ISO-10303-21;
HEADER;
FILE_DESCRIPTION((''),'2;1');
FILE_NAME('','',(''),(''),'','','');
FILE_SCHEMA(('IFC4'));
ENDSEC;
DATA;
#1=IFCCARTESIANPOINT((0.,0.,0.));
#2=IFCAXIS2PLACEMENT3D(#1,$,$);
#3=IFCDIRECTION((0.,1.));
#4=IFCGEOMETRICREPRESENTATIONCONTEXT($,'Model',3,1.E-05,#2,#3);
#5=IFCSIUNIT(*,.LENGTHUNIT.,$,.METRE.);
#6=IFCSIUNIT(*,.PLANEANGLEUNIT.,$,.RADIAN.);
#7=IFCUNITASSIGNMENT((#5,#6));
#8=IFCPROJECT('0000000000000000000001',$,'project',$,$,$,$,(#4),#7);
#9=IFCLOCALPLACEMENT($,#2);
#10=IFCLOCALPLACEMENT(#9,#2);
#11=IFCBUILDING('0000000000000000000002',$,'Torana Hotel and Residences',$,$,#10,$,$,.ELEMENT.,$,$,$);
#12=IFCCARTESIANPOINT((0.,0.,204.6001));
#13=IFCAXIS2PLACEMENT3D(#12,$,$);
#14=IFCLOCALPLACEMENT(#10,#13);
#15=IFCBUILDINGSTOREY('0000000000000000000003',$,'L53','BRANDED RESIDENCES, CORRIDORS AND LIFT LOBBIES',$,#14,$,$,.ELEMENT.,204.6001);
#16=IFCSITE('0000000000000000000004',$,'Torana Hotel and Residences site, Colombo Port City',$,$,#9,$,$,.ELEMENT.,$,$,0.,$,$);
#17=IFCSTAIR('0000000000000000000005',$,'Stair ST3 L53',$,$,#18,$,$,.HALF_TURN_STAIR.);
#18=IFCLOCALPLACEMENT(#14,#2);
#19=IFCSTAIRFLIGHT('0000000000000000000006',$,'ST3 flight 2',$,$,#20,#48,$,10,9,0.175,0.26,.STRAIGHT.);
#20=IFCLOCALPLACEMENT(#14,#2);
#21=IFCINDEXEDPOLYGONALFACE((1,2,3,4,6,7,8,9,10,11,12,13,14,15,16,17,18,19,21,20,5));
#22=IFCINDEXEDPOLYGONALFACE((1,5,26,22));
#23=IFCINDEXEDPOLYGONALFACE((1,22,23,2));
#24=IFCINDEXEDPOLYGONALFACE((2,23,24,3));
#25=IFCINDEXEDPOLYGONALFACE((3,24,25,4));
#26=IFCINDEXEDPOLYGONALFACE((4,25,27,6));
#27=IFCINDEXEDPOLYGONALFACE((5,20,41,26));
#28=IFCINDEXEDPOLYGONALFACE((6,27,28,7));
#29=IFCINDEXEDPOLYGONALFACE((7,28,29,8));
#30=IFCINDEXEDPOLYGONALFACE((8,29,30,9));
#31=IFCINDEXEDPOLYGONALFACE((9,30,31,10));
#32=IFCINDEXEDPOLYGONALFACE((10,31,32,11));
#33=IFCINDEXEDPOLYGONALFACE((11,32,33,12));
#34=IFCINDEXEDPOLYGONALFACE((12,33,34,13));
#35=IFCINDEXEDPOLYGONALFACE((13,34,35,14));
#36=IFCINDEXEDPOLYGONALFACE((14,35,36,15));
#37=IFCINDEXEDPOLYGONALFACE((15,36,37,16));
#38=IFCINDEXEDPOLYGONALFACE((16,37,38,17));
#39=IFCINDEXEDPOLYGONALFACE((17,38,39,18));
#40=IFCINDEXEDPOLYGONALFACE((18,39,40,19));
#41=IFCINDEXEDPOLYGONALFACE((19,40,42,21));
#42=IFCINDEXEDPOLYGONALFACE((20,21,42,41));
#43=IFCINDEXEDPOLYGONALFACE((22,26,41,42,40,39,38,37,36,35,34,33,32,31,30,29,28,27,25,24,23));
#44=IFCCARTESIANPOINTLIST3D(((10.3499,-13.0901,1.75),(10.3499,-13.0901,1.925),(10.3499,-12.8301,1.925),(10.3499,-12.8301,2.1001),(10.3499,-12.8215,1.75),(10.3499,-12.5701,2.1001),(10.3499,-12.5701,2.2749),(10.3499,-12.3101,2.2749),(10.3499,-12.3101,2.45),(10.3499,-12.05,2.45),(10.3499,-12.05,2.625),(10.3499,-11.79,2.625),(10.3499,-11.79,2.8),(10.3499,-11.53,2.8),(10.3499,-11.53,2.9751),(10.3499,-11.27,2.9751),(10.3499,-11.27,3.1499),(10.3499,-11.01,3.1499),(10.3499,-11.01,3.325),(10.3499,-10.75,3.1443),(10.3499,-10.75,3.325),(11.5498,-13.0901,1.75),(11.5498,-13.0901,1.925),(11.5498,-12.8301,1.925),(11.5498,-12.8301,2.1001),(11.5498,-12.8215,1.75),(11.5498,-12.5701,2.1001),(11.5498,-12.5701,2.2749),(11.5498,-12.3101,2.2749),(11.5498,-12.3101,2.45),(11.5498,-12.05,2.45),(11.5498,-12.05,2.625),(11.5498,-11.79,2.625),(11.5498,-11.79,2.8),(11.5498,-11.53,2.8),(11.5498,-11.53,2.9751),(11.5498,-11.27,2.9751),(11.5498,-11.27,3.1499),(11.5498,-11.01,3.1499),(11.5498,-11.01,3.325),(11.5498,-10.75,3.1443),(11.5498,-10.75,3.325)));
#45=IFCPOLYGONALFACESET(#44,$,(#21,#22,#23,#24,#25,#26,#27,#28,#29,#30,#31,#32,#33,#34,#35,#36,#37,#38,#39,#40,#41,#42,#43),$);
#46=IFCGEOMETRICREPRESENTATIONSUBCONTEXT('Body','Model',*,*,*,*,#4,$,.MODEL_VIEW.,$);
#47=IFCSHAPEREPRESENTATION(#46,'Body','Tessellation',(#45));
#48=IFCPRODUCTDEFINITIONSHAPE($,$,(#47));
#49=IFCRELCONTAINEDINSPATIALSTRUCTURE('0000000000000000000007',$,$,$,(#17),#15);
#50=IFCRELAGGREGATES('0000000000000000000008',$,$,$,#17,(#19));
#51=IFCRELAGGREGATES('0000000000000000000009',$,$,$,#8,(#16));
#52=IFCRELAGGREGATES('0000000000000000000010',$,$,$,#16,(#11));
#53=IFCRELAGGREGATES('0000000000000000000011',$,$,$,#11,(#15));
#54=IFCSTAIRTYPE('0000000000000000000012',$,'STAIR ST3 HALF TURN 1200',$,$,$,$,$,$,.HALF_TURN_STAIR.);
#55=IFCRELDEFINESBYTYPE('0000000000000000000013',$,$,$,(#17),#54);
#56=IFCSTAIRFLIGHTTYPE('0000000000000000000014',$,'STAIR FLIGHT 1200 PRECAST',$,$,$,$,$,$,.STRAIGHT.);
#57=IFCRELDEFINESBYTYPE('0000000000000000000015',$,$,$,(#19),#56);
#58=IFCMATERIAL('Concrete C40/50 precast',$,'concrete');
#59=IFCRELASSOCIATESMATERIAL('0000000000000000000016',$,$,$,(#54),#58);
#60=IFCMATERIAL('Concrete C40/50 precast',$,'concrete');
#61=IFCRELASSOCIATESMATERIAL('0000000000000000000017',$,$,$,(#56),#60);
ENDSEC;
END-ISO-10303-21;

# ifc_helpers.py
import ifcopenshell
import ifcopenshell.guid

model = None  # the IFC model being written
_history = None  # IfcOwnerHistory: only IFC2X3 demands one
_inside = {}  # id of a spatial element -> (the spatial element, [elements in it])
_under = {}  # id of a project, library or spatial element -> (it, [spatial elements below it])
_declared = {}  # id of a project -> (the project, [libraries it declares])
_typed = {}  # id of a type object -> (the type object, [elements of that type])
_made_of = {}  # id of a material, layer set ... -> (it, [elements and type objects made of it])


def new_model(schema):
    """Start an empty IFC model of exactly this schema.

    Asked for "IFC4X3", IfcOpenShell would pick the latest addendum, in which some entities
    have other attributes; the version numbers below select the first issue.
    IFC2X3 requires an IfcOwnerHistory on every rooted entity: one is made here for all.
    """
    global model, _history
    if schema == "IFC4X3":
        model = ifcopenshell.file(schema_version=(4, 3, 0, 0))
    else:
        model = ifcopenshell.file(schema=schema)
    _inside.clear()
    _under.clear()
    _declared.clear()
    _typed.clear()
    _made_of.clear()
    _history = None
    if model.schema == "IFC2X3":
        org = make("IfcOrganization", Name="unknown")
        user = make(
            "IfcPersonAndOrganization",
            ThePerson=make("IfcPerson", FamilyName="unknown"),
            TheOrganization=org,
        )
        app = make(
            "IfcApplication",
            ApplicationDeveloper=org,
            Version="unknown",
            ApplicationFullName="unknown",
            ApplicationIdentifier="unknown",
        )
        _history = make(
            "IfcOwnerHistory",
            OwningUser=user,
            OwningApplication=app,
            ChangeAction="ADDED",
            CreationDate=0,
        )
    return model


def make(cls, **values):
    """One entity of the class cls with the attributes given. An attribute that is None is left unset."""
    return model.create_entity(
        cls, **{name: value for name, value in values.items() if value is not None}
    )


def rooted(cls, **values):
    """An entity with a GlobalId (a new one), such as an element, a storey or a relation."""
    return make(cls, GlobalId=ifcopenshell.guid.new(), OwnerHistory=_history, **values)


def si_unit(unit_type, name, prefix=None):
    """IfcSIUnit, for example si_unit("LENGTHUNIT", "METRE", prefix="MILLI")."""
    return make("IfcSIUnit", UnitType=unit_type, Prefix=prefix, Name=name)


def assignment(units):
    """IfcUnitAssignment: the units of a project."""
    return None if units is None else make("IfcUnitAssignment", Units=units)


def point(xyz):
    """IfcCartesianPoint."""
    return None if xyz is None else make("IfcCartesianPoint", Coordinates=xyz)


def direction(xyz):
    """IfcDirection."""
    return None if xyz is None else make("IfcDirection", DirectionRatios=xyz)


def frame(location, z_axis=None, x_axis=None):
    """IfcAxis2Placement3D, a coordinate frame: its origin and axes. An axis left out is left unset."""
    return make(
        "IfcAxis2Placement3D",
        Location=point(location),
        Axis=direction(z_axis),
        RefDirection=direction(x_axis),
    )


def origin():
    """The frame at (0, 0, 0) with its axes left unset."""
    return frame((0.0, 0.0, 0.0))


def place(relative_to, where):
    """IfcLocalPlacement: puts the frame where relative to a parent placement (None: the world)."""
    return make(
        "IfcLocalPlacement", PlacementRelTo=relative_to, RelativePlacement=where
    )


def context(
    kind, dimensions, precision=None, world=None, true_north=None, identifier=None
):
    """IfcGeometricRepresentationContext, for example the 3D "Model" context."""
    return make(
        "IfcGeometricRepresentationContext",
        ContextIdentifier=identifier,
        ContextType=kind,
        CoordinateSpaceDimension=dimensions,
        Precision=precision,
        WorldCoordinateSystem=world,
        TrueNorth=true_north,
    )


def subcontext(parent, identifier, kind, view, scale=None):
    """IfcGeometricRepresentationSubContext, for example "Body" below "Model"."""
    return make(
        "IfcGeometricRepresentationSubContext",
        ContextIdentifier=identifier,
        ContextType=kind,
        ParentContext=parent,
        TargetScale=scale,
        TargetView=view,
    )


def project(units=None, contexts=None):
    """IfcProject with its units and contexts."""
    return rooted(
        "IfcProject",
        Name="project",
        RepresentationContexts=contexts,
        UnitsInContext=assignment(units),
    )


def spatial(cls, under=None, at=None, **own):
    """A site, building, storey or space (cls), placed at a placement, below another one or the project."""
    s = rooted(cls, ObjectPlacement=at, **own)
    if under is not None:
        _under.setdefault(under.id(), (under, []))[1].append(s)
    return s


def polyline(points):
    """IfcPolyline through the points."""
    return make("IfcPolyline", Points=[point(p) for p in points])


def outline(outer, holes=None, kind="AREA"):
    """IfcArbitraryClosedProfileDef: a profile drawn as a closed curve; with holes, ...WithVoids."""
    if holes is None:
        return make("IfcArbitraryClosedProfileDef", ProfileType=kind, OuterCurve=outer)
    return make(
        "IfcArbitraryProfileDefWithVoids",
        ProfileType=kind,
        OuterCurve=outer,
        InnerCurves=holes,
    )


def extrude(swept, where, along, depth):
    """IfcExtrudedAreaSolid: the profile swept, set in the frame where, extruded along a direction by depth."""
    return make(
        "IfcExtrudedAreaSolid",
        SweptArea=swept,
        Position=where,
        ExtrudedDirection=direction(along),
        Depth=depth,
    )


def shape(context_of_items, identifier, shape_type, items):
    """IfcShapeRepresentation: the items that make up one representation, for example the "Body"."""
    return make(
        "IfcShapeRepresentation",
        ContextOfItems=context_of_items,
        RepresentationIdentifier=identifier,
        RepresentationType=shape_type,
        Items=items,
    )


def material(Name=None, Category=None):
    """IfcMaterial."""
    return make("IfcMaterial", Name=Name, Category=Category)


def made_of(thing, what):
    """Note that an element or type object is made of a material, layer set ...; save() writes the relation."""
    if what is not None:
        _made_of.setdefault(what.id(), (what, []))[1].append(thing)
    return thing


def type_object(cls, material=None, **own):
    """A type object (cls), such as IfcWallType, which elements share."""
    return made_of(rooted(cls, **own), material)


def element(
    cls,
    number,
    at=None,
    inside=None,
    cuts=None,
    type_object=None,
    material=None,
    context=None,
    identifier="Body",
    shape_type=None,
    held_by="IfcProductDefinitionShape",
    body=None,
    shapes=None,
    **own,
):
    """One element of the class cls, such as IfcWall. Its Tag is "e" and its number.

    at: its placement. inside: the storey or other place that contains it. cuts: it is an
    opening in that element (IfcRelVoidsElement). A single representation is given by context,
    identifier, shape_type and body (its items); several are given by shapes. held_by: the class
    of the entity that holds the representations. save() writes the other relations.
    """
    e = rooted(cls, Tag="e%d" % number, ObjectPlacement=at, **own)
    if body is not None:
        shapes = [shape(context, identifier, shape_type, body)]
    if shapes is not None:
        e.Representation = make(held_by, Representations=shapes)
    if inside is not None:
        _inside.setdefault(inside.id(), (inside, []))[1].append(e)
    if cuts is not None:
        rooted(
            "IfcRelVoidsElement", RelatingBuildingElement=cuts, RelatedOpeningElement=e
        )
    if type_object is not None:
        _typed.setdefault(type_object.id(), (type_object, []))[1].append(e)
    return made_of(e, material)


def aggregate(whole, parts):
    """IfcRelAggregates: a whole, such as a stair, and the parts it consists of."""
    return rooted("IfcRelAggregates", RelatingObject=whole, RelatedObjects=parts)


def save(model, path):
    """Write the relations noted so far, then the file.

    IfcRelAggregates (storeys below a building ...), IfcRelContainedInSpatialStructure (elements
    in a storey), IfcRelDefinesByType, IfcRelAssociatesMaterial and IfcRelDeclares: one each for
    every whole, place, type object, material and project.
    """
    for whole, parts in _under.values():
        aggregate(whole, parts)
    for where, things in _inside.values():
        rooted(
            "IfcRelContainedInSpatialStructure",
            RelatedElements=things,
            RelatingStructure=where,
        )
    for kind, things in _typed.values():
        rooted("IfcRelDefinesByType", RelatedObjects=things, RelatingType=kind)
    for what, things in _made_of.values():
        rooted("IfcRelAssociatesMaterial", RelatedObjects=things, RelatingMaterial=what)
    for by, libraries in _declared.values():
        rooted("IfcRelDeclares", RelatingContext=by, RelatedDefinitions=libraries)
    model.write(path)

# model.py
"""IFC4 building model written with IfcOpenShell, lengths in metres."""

from ifc_helpers import new_model, si_unit, direction, frame, origin, place, context, subcontext, project, spatial, polyline, outline, extrude, material, type_object, element, aggregate, save


model = new_model("IFC4")

# Units and contexts
model_context = context("Model", 3, precision=1e-05, world=origin(), true_north=direction((0.0, 1.0)))
body_context = subcontext(model_context, "Body", "Model", "MODEL_VIEW")
ifc_project = project(units=[si_unit("LENGTHUNIT", "METRE"), si_unit("PLANEANGLEUNIT", "RADIAN")], contexts=[model_context])

# Site, building, storey
site_placement = place(None, origin())
site = spatial("IfcSite", under=ifc_project, at=site_placement, Name="Torana Hotel and Residences site, Colombo Port City", CompositionType="ELEMENT", RefElevation=0.0)
building_placement = place(site_placement, origin())
building = spatial("IfcBuilding", under=site, at=building_placement, Name="Torana Hotel and Residences", CompositionType="ELEMENT")
storey_placement = place(building_placement, frame((0.0, 0.0, 204.6001)))
storey = spatial("IfcBuildingStorey", under=building, at=storey_placement, Name="L53", Description="BRANDED RESIDENCES, CORRIDORS AND LIFT LOBBIES", CompositionType="ELEMENT", Elevation=204.6001)

# Stair, stair flight
ifc_material_1 = material(Name="Concrete C40/50 precast", Category="concrete")
stair_type = type_object("IfcStairType", Name="STAIR ST3 HALF TURN 1200", PredefinedType="HALF_TURN_STAIR", material=ifc_material_1)
stair_placement = place(storey_placement, origin())
stair = element("IfcStair", 1, at=stair_placement, inside=storey, type_object=stair_type, Name="Stair ST3 L53", PredefinedType="HALF_TURN_STAIR")
ifc_material_2 = material(Name="Concrete C40/50 precast", Category="concrete")
stair_flight_type = type_object("IfcStairFlightType", Name="STAIR FLIGHT 1200 PRECAST", PredefinedType="STRAIGHT", material=ifc_material_2)
stair_flight_placement = place(storey_placement, frame((10.95, -13.0901, 1.75), z_axis=(0.0, 0.0, 1.0), x_axis=(0.0, 1.0, 0.0)))
stair_flight = element("IfcStairFlight", 2, at=stair_flight_placement, type_object=stair_flight_type, Name="ST3 flight 2", NumberOfRisers=10, NumberOfTreads=9, PredefinedType="STRAIGHT", RiserHeight=0.175, TreadLength=0.26, context=body_context, shape_type="SweptSolid", body=[
    extrude(outline(polyline([(0.0, 0.0), (0.0, 0.175), (0.26, 0.175), (0.26, 0.3501), (0.52, 0.3501), (0.52, 0.5249), (0.78, 0.5249), (0.78, 0.7), (1.04, 0.7), (1.04, 0.875), (1.3, 0.875), (1.3, 1.05), (1.5601, 1.05), (1.5601, 1.2251), (1.8201, 1.2251), (1.8201, 1.3999), (2.0801, 1.3999), (2.0801, 1.575), (2.3401, 1.575), (2.3401, 1.75), (2.3401, 1.3943), (0.2686, 0.0), (0.0, 0.0)])), frame((0.0, 0.6001, 0.0), z_axis=(0.0, -1.0, 0.0), x_axis=(1.0, 0.0, 0.0)), (0.0, 0.0, 1.0), 1.2),
])
aggregate(stair, [stair_flight])

save(model, "model.ifc")
